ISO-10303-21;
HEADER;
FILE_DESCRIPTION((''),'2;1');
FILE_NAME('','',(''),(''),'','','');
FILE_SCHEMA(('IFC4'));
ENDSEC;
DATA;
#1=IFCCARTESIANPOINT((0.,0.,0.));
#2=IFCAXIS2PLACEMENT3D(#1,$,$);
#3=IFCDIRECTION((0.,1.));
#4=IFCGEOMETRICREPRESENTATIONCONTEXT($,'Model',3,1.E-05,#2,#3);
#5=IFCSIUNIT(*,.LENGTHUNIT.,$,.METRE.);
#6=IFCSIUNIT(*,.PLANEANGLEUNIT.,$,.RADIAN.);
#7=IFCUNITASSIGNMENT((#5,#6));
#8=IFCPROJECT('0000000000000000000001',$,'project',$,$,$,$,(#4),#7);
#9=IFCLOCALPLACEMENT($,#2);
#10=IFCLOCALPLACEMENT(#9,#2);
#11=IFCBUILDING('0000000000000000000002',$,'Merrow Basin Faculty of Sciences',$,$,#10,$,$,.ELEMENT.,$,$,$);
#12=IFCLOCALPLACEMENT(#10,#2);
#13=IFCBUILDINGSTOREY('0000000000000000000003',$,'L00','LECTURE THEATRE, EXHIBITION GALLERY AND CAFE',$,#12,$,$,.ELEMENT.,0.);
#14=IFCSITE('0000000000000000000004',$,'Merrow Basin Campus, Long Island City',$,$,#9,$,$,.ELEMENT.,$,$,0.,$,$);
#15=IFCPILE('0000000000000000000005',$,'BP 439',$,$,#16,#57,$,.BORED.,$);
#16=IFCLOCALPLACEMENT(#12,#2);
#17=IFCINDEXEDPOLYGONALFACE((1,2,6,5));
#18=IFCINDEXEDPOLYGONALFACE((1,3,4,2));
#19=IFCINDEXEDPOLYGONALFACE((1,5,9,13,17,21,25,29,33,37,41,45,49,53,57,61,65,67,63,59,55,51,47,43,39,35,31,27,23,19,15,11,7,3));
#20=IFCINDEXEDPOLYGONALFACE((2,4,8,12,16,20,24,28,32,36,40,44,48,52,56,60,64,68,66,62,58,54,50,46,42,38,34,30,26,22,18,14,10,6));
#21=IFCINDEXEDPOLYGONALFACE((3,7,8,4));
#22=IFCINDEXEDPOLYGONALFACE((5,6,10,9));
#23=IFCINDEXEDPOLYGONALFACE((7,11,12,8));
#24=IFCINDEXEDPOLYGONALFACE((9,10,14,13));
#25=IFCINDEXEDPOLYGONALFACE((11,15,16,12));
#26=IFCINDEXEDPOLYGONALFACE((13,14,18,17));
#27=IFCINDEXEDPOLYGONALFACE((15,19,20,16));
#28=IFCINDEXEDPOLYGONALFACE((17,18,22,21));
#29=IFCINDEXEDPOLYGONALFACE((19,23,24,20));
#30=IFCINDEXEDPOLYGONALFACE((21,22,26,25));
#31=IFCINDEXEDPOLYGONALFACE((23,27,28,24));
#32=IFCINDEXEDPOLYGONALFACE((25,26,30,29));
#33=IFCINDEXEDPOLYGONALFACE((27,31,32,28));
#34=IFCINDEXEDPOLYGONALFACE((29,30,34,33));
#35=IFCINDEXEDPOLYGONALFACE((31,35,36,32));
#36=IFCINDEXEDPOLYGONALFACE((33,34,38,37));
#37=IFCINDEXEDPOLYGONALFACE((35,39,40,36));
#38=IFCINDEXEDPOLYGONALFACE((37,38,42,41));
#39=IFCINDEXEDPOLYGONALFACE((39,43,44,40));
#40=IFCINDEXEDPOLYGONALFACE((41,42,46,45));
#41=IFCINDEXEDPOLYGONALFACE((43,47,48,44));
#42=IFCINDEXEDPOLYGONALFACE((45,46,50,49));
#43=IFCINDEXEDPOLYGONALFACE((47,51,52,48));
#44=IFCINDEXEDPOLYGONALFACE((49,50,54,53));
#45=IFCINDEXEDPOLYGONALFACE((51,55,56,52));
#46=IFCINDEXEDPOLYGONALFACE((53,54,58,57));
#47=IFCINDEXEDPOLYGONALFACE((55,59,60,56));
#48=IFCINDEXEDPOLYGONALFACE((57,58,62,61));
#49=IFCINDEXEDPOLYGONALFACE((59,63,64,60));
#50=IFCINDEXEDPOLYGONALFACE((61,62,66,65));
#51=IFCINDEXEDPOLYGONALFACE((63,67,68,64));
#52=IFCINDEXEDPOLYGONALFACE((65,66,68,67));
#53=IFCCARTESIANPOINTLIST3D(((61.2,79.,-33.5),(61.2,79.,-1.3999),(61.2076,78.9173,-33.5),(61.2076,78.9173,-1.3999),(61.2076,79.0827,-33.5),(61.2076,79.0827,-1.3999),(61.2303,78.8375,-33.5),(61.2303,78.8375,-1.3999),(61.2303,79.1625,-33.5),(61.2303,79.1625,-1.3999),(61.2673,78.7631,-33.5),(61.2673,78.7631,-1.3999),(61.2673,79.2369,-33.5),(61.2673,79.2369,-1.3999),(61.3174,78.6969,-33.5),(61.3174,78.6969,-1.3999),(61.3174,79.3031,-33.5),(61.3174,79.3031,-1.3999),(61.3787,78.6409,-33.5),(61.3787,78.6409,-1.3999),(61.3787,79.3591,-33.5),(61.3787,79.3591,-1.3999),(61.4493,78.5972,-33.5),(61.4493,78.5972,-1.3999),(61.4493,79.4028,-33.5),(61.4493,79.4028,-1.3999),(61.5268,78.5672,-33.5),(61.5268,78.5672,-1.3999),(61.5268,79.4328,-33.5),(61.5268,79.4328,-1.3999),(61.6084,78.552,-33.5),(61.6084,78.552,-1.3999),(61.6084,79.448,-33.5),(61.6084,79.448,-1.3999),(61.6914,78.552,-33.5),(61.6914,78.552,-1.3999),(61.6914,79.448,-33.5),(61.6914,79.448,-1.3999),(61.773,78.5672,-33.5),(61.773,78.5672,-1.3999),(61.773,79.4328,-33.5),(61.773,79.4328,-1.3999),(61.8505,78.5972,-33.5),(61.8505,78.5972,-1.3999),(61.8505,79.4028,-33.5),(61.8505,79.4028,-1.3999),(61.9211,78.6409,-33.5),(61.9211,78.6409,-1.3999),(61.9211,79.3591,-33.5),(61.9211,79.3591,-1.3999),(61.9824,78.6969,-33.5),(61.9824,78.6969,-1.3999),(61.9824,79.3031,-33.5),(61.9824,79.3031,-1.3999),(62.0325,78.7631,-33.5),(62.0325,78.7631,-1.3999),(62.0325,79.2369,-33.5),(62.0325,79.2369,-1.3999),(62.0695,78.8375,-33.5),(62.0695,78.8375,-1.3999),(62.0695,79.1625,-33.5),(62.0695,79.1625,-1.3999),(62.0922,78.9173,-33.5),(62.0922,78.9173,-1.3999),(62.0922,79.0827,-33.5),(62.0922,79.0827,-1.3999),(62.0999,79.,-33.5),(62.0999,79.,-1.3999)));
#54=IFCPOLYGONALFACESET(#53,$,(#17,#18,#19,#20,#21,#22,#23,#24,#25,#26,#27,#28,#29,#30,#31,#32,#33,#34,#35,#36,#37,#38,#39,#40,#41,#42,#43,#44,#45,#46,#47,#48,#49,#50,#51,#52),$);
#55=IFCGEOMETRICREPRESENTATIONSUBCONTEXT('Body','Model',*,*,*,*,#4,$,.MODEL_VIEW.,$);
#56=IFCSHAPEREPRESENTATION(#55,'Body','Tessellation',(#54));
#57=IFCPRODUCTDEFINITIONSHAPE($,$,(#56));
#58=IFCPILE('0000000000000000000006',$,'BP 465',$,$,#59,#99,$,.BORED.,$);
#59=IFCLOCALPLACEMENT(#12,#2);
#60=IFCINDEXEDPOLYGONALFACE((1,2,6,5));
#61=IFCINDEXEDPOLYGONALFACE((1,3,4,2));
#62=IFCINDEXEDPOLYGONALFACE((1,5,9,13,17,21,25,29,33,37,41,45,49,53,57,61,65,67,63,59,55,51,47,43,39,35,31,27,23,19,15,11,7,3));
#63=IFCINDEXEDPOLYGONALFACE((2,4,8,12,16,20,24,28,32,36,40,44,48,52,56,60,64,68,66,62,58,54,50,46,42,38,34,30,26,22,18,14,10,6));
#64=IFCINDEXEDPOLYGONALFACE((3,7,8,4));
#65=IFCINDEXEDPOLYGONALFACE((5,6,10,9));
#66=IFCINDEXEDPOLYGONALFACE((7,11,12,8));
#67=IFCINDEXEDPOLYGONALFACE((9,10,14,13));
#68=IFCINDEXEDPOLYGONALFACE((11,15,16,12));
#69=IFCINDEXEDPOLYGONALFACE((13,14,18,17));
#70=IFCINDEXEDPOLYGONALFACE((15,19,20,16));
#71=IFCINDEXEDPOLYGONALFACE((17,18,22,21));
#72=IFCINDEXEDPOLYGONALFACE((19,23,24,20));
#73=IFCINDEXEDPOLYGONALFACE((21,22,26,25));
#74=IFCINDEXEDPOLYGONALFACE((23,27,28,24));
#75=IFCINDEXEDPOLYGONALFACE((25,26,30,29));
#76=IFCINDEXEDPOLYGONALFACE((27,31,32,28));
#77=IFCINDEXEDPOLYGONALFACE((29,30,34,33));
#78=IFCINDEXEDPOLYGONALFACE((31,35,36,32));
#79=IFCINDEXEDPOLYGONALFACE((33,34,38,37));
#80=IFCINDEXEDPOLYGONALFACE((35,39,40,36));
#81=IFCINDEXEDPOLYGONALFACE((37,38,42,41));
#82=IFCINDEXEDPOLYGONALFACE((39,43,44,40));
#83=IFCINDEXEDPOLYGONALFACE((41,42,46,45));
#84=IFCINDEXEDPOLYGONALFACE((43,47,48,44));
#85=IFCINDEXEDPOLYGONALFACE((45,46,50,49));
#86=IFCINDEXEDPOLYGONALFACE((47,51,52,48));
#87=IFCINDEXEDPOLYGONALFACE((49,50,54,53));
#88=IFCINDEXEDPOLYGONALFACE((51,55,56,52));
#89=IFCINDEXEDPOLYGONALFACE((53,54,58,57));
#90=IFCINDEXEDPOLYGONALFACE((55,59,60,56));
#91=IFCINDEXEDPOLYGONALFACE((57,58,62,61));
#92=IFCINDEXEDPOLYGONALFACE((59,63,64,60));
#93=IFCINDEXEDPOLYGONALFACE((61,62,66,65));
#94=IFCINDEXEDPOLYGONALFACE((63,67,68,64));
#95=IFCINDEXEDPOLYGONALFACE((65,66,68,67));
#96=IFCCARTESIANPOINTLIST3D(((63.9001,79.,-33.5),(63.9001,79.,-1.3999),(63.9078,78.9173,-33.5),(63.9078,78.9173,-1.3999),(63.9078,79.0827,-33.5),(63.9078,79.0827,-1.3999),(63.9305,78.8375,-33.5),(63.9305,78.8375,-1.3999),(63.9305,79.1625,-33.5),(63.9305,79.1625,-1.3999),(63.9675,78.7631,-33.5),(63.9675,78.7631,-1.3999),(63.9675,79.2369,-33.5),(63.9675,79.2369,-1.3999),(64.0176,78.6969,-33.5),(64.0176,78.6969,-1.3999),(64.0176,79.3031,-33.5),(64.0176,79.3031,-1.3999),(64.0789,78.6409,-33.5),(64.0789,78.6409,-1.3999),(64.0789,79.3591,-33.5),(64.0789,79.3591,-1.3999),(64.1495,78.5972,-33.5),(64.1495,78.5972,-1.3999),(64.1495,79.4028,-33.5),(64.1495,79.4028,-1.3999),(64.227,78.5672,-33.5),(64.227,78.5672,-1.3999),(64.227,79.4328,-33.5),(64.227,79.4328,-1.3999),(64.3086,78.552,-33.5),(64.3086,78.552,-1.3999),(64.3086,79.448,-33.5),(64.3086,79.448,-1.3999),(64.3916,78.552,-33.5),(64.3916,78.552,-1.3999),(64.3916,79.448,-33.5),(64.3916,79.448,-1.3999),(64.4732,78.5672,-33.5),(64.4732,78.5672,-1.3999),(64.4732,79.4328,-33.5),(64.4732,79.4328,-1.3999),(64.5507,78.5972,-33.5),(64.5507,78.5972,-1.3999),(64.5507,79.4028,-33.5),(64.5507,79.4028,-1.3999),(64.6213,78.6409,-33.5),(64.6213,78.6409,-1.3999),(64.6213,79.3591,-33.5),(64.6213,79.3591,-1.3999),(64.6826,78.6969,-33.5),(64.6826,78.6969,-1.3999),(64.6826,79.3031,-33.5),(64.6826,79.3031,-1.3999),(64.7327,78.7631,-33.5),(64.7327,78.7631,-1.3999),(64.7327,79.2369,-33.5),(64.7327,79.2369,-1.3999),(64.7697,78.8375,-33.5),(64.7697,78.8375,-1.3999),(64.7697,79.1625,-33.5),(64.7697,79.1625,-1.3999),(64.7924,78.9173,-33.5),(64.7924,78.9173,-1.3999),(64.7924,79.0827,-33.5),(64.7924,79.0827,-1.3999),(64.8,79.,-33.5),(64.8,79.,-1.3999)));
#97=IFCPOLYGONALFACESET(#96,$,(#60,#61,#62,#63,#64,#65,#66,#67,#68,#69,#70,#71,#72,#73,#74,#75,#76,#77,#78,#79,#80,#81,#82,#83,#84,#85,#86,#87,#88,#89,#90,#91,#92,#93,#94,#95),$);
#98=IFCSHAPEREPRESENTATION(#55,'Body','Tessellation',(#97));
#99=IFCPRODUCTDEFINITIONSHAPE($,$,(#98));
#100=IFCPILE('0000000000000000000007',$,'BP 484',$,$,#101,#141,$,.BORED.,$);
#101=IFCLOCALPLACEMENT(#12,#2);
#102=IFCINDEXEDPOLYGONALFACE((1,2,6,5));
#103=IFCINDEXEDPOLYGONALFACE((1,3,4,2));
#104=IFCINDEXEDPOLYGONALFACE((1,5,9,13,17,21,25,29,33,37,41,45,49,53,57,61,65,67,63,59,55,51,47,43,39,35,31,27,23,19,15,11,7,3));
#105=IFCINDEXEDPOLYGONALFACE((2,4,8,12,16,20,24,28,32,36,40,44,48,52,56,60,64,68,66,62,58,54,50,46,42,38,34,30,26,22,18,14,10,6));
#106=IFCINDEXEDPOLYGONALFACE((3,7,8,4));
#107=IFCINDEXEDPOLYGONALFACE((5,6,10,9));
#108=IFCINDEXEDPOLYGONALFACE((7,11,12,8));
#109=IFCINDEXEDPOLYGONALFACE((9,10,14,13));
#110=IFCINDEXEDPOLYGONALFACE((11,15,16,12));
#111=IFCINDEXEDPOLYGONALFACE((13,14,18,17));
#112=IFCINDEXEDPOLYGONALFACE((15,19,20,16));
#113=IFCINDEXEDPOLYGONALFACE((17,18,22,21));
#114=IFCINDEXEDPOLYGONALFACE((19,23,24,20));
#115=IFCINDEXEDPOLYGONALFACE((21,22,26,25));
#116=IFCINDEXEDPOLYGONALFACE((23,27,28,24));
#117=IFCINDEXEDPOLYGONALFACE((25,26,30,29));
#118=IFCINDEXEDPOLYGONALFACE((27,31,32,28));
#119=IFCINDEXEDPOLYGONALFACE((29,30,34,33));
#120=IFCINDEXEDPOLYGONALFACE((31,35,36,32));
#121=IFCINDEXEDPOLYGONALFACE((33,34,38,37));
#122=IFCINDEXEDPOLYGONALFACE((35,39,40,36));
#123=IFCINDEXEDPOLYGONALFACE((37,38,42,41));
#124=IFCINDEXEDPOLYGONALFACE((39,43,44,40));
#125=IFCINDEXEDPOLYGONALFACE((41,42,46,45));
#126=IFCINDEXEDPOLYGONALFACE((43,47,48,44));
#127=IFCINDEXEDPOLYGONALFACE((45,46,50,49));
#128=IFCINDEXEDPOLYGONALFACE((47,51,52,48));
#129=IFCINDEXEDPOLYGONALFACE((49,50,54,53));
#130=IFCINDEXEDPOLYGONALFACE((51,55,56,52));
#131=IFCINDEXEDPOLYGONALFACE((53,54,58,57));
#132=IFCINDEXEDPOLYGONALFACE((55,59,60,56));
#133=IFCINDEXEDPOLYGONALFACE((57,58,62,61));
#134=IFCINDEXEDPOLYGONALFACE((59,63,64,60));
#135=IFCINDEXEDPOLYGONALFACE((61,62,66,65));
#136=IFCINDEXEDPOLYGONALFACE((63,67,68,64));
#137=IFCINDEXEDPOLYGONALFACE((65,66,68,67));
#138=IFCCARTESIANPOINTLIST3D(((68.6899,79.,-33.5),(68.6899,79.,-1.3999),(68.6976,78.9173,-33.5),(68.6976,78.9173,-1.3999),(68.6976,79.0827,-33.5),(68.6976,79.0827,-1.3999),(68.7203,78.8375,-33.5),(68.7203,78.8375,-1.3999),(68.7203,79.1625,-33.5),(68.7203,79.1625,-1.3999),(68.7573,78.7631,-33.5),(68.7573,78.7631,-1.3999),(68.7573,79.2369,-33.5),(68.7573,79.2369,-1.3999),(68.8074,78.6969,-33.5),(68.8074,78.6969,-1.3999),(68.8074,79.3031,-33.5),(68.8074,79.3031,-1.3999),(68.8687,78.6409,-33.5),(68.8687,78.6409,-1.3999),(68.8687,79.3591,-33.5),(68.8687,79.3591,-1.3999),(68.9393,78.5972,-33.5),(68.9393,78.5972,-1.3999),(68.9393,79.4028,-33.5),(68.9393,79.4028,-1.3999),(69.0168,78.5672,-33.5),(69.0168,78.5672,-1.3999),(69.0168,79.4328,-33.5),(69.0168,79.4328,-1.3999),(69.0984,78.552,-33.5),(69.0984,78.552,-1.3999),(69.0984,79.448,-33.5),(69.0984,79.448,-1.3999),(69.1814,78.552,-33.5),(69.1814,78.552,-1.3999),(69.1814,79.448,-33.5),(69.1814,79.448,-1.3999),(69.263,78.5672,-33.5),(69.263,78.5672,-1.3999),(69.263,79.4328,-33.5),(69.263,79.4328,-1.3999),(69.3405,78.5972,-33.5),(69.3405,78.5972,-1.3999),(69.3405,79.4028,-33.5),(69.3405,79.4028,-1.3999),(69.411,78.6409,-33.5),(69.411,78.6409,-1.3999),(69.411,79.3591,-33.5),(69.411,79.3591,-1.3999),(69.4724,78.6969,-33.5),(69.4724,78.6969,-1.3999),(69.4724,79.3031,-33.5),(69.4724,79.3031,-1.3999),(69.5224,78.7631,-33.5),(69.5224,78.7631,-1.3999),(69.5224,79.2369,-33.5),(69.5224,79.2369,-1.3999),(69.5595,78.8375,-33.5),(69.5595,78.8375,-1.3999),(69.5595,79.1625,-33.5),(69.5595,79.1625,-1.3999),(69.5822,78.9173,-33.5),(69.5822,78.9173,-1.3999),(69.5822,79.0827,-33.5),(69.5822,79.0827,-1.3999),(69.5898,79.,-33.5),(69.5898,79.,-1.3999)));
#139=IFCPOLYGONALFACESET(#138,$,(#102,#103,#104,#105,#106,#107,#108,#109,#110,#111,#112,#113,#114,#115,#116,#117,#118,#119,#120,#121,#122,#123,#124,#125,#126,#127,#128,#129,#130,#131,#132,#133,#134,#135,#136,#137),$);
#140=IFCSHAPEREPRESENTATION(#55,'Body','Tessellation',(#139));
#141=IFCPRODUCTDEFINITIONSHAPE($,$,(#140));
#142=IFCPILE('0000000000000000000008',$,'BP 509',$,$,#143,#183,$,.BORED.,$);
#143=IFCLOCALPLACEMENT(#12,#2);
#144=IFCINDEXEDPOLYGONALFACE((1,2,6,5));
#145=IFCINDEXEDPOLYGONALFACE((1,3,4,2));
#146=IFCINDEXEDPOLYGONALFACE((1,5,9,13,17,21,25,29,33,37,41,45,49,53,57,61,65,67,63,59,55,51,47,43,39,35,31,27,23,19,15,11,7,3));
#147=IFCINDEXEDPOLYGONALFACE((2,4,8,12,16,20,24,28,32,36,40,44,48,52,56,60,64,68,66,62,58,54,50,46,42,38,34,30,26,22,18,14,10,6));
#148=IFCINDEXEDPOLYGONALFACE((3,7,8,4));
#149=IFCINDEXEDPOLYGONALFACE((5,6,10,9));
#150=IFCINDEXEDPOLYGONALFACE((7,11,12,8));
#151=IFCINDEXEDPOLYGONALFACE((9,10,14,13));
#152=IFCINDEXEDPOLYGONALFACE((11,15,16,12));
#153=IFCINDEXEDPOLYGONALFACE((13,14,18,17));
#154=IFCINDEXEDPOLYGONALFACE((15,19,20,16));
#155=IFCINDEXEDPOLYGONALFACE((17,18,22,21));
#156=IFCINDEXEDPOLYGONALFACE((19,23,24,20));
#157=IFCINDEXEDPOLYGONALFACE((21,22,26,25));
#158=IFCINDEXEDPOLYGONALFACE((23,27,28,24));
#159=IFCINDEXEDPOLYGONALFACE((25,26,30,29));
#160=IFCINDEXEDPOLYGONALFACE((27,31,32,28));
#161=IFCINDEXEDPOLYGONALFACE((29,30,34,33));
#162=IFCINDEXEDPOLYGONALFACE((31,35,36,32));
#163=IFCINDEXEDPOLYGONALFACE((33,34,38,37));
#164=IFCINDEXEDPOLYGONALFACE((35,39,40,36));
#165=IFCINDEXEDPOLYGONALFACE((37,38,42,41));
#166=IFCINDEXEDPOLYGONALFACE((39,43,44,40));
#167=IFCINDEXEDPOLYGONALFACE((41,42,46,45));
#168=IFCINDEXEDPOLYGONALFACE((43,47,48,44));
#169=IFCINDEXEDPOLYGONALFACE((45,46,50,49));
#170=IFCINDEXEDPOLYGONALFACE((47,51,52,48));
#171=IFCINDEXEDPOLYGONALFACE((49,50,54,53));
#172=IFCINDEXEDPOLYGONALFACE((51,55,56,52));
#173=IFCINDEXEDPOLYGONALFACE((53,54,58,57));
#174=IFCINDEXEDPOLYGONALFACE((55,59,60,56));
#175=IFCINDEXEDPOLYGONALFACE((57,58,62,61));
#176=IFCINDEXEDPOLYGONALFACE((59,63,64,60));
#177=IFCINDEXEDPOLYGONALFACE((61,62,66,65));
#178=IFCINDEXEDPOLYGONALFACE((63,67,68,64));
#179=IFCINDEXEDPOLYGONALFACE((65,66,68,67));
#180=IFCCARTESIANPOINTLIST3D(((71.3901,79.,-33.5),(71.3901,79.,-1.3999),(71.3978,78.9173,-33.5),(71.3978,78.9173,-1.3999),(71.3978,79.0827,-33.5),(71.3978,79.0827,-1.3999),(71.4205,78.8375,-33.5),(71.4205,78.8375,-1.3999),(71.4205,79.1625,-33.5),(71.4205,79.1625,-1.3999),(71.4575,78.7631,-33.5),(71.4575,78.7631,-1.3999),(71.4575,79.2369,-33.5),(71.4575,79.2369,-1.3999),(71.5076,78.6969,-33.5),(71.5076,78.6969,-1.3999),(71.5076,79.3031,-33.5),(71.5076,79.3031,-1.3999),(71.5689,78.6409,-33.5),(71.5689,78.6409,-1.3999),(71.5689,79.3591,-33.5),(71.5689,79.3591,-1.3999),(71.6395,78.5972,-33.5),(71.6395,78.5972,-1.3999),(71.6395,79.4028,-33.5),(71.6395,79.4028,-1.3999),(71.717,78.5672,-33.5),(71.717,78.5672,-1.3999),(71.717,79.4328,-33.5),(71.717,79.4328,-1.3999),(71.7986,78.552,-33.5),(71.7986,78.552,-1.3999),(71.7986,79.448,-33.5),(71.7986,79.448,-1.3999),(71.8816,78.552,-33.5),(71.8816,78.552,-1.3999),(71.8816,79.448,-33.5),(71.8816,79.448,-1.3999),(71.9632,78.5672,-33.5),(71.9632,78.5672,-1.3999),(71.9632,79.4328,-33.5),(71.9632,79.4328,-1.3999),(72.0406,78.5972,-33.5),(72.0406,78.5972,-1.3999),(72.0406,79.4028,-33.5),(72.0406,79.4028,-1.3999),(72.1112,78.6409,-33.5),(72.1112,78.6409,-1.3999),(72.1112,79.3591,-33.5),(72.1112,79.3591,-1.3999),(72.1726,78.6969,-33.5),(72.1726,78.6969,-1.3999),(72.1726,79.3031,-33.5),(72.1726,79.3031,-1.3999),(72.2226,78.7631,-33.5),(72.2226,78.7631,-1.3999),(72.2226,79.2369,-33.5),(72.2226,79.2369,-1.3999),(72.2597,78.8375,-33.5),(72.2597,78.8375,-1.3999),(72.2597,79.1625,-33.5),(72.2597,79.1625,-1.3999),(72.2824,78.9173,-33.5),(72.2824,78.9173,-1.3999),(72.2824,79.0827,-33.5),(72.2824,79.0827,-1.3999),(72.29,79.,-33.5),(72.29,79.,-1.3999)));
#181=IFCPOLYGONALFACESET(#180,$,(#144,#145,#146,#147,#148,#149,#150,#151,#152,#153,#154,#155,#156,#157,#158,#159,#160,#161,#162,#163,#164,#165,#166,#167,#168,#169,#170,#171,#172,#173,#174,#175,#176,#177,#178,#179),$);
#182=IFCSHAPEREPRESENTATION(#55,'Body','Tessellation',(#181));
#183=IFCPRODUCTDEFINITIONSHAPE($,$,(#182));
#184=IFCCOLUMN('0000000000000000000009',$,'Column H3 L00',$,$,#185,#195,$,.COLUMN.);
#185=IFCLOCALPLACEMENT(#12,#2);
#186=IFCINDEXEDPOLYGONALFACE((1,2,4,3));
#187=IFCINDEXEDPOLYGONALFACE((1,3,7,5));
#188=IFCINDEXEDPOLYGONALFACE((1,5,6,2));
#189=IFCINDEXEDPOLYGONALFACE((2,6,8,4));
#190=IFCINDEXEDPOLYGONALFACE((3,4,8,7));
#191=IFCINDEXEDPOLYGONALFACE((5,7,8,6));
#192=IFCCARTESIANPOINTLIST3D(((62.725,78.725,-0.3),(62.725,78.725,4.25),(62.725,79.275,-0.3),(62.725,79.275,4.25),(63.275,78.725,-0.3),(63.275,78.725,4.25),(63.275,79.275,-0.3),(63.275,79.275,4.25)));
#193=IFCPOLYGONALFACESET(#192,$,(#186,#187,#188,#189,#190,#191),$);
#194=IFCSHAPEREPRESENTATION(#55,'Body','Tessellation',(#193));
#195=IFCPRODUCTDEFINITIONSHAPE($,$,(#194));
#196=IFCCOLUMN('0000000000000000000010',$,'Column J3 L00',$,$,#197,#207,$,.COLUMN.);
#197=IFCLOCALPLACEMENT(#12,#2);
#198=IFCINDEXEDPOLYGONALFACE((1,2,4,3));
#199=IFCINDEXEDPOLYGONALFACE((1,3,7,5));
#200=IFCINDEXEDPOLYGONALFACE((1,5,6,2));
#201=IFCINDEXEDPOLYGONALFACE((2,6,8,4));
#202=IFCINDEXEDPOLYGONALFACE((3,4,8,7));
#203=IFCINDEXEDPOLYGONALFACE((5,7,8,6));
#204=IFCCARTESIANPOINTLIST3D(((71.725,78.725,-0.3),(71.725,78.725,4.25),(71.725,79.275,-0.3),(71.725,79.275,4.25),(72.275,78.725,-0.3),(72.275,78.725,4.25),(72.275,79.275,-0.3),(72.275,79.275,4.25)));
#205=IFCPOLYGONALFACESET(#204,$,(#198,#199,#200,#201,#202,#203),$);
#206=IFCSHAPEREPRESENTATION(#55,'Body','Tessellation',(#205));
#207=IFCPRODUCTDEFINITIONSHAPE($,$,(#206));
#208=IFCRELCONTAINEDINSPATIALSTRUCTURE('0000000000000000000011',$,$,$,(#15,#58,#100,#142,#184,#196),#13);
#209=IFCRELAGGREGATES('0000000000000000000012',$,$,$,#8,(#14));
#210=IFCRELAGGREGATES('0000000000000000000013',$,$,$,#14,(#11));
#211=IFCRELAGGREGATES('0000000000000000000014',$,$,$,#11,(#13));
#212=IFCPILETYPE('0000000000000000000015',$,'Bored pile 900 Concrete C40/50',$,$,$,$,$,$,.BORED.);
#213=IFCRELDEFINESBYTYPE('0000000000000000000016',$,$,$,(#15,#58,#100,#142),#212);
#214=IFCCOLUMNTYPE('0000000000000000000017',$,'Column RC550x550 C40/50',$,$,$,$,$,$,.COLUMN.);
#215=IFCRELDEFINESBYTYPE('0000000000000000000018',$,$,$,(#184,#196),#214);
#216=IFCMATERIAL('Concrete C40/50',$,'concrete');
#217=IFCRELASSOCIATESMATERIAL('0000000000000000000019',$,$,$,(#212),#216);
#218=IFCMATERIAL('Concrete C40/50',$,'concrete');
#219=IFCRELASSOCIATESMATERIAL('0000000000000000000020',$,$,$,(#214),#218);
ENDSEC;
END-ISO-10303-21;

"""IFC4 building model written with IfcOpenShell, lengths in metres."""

from ifc_helpers import new_model, si_unit, direction, frame, origin, origin_2d, place, context, subcontext, project, spatial, rectangle, circle, extrude, material, material_profile, profile_set, type_object, element, save


model = new_model("IFC4")

# Units and contexts
model_context = context("Model", 3, precision=1e-05, world=origin(), true_north=direction((0.0, 1.0)))
body_context = subcontext(model_context, "Body", "Model", "MODEL_VIEW")
ifc_project = project(units=[si_unit("LENGTHUNIT", "METRE"), si_unit("PLANEANGLEUNIT", "RADIAN")], contexts=[model_context])

# Site, building, storey
site_placement = place(None, origin())
site = spatial("IfcSite", under=ifc_project, at=site_placement, Name="Merrow Basin Campus, Long Island City", CompositionType="ELEMENT", RefElevation=0.0)
building_placement = place(site_placement, origin())
building = spatial("IfcBuilding", under=site, at=building_placement, Name="Merrow Basin Faculty of Sciences", CompositionType="ELEMENT")
storey_placement = place(building_placement, origin())
storey = spatial("IfcBuildingStorey", under=building, at=storey_placement, Name="L00", Description="LECTURE THEATRE, EXHIBITION GALLERY AND CAFE", CompositionType="ELEMENT", Elevation=0.0)

# Piles
ifc_material_1 = material(Name="Concrete C40/50", Category="concrete")
ifc_material_profile_1 = material_profile(ifc_material_1, circle(Radius=0.45, at=origin_2d()))
ifc_profile_set_1 = profile_set([ifc_material_profile_1], Name="Concrete C40/50")
pile_type = type_object("IfcPileType", Name="Bored pile 900 Concrete C40/50", PredefinedType="BORED", material=ifc_profile_set_1)
for number, where, z_axis, x_axis, name in (
    (1, (61.6499, 79.0, -1.3999), (0.0, 0.0, -1.0), (1.0, 0.0, 0.0), "BP 439"),
    (2, (64.3501, 79.0, -1.3999), (0.0, 0.0, -1.0), (1.0, 0.0, 0.0), "BP 465"),
    (3, (69.1399, 79.0, -1.3999), (0.0, 0.0, -1.0), (1.0, 0.0, 0.0), "BP 484"),
    (4, (71.8401, 79.0, -1.3999), (0.0, 0.0, -1.0), (1.0, 0.0, 0.0), "BP 509"),
):
    element("IfcPile", number, at=place(storey_placement, frame(where, z_axis=z_axis, x_axis=x_axis)), inside=storey, type_object=pile_type, Name=name, PredefinedType="BORED", context=body_context, shape_type="SweptSolid", body=[
        extrude(circle(Radius=0.45, at=origin_2d()), origin(), (0.0, 0.0, 1.0), 32.1001),
    ])

# Columns
ifc_material_2 = material(Name="Concrete C40/50", Category="concrete")
ifc_material_profile_2 = material_profile(ifc_material_2, rectangle(XDim=0.55, YDim=0.55, at=origin_2d()))
ifc_profile_set_2 = profile_set([ifc_material_profile_2], Name="Concrete C40/50")
column_type = type_object("IfcColumnType", Name="Column RC550x550 C40/50", PredefinedType="COLUMN", material=ifc_profile_set_2)
for number, where, z_axis, x_axis, name in (
    (5, (63.0, 79.0, -0.3), (0.0, 0.0, 1.0), (1.0, 0.0, 0.0), "Column H3 L00"),
    (6, (72.0, 79.0, -0.3), (0.0, 0.0, 1.0), (1.0, 0.0, 0.0), "Column J3 L00"),
):
    element("IfcColumn", number, at=place(storey_placement, frame(where, z_axis=z_axis, x_axis=x_axis)), inside=storey, type_object=column_type, Name=name, PredefinedType="COLUMN", context=body_context, shape_type="SweptSolid", body=[
        extrude(rectangle(XDim=0.55, YDim=0.55, at=origin_2d()), origin(), (0.0, 0.0, 1.0), 4.55),
    ])

save(model, "model.ifc")
